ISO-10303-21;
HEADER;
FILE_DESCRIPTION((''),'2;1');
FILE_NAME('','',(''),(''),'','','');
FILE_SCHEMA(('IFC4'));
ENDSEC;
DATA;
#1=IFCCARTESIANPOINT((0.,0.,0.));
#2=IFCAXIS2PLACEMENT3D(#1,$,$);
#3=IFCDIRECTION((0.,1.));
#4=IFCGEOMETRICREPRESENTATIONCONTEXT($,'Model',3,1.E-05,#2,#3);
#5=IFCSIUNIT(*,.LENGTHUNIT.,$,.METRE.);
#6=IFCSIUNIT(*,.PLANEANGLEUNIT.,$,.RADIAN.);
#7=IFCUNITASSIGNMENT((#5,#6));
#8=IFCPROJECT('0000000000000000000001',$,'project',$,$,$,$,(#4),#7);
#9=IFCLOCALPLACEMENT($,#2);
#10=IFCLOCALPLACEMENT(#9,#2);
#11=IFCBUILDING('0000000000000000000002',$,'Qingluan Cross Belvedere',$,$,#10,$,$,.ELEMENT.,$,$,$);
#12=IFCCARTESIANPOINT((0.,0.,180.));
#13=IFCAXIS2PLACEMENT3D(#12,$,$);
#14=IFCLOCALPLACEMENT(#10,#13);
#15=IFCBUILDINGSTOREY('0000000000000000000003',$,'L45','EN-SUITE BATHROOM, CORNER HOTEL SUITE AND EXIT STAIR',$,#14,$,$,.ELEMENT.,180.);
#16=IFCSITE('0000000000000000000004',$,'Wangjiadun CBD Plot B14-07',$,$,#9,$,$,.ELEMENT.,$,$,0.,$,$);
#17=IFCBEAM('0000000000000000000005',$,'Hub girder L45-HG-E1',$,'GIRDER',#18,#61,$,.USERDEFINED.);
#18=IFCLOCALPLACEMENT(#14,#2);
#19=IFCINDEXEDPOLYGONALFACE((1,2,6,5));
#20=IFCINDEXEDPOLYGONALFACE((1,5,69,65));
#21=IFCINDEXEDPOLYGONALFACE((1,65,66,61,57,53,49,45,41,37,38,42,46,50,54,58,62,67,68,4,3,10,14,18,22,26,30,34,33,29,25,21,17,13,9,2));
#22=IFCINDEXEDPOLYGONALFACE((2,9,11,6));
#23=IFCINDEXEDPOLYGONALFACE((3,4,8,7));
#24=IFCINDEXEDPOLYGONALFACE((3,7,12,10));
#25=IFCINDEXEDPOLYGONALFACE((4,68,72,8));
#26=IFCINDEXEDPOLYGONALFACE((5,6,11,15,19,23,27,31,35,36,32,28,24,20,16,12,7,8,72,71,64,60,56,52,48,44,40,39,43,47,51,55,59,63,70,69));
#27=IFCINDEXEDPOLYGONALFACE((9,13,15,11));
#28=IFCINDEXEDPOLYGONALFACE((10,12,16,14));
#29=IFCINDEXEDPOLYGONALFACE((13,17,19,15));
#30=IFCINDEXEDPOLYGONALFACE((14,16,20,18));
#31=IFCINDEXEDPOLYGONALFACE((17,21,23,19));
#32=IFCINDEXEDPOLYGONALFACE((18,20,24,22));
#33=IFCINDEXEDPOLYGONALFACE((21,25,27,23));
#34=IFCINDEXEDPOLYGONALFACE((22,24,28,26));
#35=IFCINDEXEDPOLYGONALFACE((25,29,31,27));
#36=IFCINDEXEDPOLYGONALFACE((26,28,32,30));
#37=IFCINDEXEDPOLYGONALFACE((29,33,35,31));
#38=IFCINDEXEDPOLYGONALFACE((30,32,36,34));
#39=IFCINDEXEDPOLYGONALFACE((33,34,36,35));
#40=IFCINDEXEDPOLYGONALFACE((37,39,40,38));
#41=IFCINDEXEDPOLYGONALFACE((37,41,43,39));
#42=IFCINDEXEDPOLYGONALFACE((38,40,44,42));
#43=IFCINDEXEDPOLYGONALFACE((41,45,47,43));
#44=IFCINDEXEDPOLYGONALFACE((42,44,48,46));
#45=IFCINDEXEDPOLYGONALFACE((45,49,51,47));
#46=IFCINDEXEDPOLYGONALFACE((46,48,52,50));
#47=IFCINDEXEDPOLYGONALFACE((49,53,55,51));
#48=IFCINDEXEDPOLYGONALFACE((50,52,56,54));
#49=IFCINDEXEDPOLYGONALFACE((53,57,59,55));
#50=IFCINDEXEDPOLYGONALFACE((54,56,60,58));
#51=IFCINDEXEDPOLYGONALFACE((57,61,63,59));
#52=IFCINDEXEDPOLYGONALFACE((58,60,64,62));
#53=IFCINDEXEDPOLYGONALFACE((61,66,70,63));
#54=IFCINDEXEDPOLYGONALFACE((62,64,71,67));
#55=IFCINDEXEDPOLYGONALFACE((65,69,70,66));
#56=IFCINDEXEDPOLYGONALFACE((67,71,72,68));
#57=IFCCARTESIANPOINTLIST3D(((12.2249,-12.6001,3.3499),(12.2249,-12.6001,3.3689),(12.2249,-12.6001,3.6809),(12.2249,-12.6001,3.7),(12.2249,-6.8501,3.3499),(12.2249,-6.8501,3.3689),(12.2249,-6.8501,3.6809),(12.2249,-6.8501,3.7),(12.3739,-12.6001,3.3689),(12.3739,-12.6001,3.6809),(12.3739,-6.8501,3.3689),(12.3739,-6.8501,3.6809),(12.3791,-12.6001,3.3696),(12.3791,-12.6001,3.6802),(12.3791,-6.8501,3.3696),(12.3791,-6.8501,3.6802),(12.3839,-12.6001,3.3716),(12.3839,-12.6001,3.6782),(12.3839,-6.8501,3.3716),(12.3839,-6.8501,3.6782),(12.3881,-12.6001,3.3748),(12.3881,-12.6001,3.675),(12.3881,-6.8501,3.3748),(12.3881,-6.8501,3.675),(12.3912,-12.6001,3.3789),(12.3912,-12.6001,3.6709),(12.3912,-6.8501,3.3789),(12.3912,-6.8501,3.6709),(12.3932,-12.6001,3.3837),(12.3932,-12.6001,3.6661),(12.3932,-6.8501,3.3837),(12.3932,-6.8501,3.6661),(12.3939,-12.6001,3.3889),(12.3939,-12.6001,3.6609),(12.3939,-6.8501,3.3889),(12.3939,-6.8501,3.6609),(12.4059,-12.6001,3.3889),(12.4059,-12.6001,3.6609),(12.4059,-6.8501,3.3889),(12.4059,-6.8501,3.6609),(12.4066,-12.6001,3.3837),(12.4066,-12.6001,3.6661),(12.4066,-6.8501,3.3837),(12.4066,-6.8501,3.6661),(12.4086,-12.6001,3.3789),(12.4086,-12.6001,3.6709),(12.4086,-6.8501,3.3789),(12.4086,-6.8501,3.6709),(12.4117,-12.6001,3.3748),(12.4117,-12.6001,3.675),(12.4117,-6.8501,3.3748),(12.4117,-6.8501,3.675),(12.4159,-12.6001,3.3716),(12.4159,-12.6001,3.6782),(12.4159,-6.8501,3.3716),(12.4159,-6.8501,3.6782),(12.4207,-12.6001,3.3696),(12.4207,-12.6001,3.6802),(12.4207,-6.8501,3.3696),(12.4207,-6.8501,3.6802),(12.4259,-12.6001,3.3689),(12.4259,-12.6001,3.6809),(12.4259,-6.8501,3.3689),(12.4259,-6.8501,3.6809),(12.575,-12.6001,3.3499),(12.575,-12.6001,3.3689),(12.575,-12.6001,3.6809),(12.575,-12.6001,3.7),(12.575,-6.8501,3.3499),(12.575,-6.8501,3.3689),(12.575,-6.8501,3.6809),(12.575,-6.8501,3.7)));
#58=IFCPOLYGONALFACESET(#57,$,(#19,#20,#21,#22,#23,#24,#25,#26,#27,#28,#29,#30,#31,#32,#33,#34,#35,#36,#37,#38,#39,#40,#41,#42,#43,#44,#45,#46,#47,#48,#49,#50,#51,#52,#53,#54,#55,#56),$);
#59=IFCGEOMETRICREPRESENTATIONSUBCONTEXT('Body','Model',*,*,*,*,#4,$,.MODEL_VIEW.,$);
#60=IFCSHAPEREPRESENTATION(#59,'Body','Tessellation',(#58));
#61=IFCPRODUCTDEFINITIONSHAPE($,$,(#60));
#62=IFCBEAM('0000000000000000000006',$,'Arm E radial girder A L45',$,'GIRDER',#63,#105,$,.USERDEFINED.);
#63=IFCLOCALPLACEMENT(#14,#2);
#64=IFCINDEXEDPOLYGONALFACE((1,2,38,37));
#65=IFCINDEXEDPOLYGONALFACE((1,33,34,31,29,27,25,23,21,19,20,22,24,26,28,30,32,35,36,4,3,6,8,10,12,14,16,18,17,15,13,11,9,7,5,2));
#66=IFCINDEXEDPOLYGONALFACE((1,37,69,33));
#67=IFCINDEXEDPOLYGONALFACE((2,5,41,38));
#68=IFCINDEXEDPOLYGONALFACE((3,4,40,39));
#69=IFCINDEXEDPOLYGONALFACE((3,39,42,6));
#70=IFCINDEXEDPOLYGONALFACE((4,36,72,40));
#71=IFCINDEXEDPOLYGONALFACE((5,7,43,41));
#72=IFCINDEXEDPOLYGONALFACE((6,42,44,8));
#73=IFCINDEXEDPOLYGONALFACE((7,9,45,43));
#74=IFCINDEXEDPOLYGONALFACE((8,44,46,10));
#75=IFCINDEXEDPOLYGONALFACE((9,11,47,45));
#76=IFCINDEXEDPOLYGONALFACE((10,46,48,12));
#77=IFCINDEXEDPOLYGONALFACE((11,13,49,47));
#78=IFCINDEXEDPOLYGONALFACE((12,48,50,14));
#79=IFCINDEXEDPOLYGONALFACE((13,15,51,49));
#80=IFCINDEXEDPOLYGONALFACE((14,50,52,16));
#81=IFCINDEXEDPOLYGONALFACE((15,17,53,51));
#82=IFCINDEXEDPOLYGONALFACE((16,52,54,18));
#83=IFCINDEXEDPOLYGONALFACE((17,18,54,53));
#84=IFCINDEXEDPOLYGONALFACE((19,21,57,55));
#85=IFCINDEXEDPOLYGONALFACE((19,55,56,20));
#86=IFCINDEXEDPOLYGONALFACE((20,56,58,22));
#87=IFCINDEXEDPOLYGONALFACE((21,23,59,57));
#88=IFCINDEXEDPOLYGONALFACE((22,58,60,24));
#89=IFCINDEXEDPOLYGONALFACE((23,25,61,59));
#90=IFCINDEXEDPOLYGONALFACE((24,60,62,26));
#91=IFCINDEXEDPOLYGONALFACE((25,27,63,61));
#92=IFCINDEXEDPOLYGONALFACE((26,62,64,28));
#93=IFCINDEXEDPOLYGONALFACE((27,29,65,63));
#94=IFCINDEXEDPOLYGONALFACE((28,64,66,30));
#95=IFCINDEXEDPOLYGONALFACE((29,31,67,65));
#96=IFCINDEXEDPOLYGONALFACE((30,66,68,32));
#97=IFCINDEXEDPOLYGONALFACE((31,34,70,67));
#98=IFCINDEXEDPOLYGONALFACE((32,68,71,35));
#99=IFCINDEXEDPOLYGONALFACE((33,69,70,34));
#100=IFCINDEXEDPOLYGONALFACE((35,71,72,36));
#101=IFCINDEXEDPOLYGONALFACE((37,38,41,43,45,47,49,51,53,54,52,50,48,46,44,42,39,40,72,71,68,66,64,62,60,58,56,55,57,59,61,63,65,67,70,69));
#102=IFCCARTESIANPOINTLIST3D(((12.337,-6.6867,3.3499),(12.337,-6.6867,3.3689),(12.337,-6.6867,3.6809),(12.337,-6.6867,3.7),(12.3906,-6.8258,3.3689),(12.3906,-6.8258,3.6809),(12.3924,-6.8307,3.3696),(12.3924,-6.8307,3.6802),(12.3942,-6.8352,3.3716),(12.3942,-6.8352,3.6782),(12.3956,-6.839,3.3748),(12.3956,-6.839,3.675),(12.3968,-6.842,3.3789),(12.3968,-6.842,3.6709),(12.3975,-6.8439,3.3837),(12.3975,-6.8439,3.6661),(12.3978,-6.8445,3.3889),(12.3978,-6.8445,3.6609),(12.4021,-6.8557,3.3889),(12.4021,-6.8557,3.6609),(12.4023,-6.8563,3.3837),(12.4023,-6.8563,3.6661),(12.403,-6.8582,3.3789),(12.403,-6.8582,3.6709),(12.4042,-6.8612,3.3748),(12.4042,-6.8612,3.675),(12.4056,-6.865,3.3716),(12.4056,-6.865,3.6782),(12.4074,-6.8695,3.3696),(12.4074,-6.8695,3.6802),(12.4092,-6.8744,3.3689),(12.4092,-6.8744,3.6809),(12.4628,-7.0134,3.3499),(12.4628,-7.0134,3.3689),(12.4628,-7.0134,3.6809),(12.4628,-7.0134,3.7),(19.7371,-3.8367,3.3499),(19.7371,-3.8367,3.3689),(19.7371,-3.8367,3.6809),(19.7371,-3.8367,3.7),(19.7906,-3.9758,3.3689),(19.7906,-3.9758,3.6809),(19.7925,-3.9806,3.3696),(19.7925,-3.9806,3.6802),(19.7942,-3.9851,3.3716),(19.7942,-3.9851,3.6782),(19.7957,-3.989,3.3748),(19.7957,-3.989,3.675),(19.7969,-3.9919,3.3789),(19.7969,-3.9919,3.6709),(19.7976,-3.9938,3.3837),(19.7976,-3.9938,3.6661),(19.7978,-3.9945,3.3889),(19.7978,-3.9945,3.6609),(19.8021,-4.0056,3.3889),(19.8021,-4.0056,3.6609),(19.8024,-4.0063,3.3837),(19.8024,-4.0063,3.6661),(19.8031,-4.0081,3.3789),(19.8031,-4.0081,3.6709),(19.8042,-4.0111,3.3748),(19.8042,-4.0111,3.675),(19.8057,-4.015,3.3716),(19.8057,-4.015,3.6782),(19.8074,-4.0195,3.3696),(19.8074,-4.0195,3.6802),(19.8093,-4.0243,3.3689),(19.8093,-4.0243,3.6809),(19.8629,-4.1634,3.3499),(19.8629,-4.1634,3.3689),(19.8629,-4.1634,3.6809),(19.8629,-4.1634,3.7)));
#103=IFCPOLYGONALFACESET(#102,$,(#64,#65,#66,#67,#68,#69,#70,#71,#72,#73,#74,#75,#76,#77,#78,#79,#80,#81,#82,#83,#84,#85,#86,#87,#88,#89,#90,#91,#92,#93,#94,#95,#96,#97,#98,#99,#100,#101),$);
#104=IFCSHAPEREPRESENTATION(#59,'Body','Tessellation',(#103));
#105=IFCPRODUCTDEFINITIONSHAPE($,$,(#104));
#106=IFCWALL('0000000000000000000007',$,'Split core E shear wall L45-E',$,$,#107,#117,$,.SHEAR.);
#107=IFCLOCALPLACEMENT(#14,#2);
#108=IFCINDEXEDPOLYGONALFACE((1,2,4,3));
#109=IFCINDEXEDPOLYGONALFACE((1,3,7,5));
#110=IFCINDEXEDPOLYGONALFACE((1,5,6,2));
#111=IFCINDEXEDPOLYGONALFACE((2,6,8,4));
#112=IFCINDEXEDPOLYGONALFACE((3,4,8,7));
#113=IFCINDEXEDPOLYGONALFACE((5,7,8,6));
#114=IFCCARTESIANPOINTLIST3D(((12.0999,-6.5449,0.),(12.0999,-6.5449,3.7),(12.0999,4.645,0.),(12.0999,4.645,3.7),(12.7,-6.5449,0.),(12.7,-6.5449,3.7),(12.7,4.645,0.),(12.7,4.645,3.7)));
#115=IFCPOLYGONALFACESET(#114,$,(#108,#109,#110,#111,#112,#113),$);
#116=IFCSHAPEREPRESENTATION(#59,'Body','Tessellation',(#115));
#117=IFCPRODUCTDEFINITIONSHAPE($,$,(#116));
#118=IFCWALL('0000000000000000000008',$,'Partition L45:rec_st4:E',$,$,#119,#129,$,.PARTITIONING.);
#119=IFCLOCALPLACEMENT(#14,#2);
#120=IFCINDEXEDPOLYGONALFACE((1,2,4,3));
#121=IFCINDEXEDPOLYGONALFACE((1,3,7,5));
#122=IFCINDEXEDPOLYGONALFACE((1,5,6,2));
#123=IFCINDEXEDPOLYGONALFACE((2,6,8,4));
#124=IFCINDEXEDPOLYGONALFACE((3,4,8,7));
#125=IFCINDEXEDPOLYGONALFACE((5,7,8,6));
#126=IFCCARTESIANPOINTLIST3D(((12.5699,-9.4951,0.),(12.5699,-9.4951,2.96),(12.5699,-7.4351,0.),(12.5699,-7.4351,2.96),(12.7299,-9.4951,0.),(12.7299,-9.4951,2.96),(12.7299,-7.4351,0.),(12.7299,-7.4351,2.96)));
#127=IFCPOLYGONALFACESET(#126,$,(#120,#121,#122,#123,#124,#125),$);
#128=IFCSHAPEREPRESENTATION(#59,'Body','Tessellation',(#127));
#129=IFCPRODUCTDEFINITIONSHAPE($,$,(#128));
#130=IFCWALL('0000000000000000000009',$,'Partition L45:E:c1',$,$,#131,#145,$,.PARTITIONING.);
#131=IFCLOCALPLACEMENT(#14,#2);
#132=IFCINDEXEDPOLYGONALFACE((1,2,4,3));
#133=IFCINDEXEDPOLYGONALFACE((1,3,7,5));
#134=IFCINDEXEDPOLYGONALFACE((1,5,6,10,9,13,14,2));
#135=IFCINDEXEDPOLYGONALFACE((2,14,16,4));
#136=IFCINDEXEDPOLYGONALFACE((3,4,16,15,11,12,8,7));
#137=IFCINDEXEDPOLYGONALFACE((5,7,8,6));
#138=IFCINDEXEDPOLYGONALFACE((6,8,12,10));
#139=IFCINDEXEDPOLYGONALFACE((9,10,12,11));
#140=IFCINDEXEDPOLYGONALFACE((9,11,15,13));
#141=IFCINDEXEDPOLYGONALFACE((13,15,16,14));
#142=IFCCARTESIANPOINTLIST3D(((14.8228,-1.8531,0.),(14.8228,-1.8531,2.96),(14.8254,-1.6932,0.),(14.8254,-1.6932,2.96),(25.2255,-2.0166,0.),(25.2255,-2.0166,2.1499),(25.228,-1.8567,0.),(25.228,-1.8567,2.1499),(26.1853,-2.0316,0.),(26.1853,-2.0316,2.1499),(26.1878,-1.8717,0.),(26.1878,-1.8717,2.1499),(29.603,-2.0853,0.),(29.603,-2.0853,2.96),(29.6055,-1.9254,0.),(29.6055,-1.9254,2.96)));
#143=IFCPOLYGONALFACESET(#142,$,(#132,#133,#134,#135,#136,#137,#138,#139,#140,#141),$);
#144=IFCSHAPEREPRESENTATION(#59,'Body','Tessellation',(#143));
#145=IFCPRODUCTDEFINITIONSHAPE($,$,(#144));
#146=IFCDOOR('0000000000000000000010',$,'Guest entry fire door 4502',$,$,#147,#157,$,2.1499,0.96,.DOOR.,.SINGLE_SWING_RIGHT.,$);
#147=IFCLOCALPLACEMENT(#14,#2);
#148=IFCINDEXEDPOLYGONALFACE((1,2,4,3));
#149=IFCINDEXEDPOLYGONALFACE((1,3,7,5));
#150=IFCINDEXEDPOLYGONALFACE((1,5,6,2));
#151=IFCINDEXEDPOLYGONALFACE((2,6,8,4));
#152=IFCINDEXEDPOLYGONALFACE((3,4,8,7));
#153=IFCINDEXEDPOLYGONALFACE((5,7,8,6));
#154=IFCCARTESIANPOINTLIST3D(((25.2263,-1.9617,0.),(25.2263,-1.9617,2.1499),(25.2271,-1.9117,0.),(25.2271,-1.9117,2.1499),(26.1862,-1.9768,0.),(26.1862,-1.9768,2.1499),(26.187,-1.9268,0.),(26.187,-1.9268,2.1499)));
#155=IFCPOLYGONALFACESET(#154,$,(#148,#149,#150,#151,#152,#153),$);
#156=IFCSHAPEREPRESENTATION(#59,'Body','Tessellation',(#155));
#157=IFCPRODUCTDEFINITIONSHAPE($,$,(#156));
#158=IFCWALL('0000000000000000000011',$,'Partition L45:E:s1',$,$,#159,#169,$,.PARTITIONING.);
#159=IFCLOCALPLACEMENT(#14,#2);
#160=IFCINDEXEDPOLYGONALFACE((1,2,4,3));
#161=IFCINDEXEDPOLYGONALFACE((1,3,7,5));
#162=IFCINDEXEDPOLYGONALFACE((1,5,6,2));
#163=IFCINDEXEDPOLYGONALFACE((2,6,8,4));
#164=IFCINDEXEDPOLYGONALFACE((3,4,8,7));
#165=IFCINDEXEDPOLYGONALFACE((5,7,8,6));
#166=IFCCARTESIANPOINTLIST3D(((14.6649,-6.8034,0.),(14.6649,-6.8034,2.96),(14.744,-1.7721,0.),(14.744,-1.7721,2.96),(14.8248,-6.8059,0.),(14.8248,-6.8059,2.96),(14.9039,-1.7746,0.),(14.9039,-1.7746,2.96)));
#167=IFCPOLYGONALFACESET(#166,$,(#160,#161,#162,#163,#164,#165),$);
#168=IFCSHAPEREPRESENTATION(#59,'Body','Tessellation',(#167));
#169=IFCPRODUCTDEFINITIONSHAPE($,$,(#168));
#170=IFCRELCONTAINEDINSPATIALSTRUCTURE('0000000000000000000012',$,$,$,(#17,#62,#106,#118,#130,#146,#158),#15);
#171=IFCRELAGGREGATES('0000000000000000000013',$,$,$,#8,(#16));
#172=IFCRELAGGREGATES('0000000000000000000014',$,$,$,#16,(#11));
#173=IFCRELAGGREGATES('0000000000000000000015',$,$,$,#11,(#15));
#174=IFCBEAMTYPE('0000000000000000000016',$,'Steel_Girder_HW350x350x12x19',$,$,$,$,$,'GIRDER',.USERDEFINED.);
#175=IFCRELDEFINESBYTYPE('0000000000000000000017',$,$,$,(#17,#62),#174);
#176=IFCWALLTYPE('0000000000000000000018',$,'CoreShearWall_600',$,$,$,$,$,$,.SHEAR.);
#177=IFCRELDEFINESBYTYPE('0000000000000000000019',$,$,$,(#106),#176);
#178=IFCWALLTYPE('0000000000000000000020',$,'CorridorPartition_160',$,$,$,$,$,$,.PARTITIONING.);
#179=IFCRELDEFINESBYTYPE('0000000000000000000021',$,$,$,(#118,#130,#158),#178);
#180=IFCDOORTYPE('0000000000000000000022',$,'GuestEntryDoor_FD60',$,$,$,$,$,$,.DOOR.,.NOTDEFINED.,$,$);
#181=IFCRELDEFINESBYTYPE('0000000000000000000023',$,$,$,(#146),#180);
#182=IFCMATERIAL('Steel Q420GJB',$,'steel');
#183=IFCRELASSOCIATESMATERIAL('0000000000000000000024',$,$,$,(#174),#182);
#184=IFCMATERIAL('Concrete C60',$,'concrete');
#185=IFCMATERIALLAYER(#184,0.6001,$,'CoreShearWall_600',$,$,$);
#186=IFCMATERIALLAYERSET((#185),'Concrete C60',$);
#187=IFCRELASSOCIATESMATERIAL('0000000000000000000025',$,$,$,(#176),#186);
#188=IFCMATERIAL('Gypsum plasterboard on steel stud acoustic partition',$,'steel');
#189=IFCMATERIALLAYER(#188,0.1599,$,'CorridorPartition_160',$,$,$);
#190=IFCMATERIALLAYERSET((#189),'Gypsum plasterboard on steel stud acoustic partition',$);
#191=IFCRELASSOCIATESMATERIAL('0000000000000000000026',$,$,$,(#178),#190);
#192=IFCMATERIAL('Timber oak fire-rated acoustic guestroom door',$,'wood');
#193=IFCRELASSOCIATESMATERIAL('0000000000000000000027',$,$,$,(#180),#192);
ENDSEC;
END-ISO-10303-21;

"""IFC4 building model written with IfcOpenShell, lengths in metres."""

from ifc_helpers import new_model, si_unit, direction, frame, frame_2d, origin, origin_2d, place, context, subcontext, project, spatial, rectangle, i_section, extrude, material, layer, layer_set, material_profile, profile_set, type_object, element, fill, save


model = new_model("IFC4")

# Units and contexts
model_context = context("Model", 3, precision=1e-05, world=origin(), true_north=direction((0.0, 1.0)))
body_context = subcontext(model_context, "Body", "Model", "MODEL_VIEW")
ifc_project = project(units=[si_unit("LENGTHUNIT", "METRE"), si_unit("PLANEANGLEUNIT", "RADIAN")], contexts=[model_context])

# Site, building, storey
site_placement = place(None, origin())
site = spatial("IfcSite", under=ifc_project, at=site_placement, Name="Wangjiadun CBD Plot B14-07", CompositionType="ELEMENT", RefElevation=0.0)
building_placement = place(site_placement, origin())
building = spatial("IfcBuilding", under=site, at=building_placement, Name="Qingluan Cross Belvedere", CompositionType="ELEMENT")
storey_placement = place(building_placement, frame((0.0, 0.0, 180.0)))
storey = spatial("IfcBuildingStorey", under=building, at=storey_placement, Name="L45", Description="EN-SUITE BATHROOM, CORNER HOTEL SUITE AND EXIT STAIR", CompositionType="ELEMENT", Elevation=180.0)

# Beams
ifc_material_1 = material(Name="Steel Q420GJB", Category="steel")
ifc_material_profile_1 = material_profile(ifc_material_1, i_section(OverallWidth=0.3501, OverallDepth=0.3501, WebThickness=0.012, FlangeThickness=0.019, FilletRadius=0.02, at=origin_2d()), Name="HW350x350x12x19")
ifc_profile_set_1 = profile_set([ifc_material_profile_1], Name="Steel Q420GJB")
beam_type_1 = type_object("IfcBeamType", Name="Steel_Girder_HW350x350x12x19", ElementType="GIRDER", PredefinedType="USERDEFINED", material=ifc_profile_set_1)
beam_1_placement = place(storey_placement, frame((12.3999, -12.6001, 3.5249), z_axis=(0.0, 1.0, 0.0), x_axis=(-1.0, 0.0, 0.0)))
element("IfcBeam", 1, at=beam_1_placement, inside=storey, type_object=beam_type_1, Name="Hub girder L45-HG-E1", ObjectType="GIRDER", PredefinedType="USERDEFINED", context=body_context, shape_type="SweptSolid", body=[
    extrude(i_section(OverallWidth=0.3501, OverallDepth=0.3501, WebThickness=0.012, FlangeThickness=0.019, FilletRadius=0.02, at=origin_2d()), origin(), (0.0, 0.0, 1.0), 5.75),
])
beam_2_placement = place(storey_placement, frame((12.3999, -6.8501, 3.5249), z_axis=(0.933181, 0.359406, 0.0), x_axis=(-0.359406, 0.933181, 0.0)))
element("IfcBeam", 2, at=beam_2_placement, inside=storey, type_object=beam_type_1, Name="Arm E radial girder A L45", ObjectType="GIRDER", PredefinedType="USERDEFINED", context=body_context, shape_type="SweptSolid", body=[
    extrude(i_section(OverallWidth=0.3501, OverallDepth=0.3501, WebThickness=0.012, FlangeThickness=0.019, FilletRadius=0.02, at=origin_2d()), origin(), (0.0, 0.0, 1.0), 7.9299),
])

# Walls
ifc_material_2 = material(Name="Concrete C60", Category="concrete")
ifc_layer_1 = layer(ifc_material_2, 0.6001, Name="CoreShearWall_600")
ifc_layer_set_1 = layer_set([ifc_layer_1], Name="Concrete C60")
wall_type_1 = type_object("IfcWallType", Name="CoreShearWall_600", PredefinedType="SHEAR", material=ifc_layer_set_1)
wall_1_placement = place(storey_placement, frame((12.3999, -6.5449, 0.0), z_axis=(0.0, 0.0, 1.0), x_axis=(0.0, 1.0, 0.0)))
element("IfcWall", 3, at=wall_1_placement, inside=storey, type_object=wall_type_1, Name="Split core E shear wall L45-E", PredefinedType="SHEAR", context=body_context, shape_type="SweptSolid", body=[
    extrude(rectangle(XDim=11.1899, YDim=0.6001, at=frame_2d((5.595, 0.0))), origin(), (0.0, 0.0, 1.0), 3.7),
])
ifc_material_3 = material(Name="Gypsum plasterboard on steel stud acoustic partition", Category="steel")
ifc_layer_2 = layer(ifc_material_3, 0.1599, Name="CorridorPartition_160")
ifc_layer_set_2 = layer_set([ifc_layer_2], Name="Gypsum plasterboard on steel stud acoustic partition")
wall_type_2 = type_object("IfcWallType", Name="CorridorPartition_160", PredefinedType="PARTITIONING", material=ifc_layer_set_2)
wall_2_placement = place(storey_placement, frame((12.6499, -9.4951, 0.0), z_axis=(0.0, 0.0, 1.0), x_axis=(0.0, 1.0, 0.0)))
element("IfcWall", 4, at=wall_2_placement, inside=storey, type_object=wall_type_2, Name="Partition L45:rec_st4:E", PredefinedType="PARTITIONING", context=body_context, shape_type="SweptSolid", body=[
    extrude(rectangle(XDim=2.0601, YDim=0.1599, at=frame_2d((1.03, 0.0))), origin(), (0.0, 0.0, 1.0), 2.96),
])

# Wall, opening, door
wall_3_placement = place(storey_placement, frame((14.824, -1.7732, 0.0), z_axis=(0.0, 0.0, 1.0), x_axis=(0.999877, -0.015707, 0.0)))
wall_3 = element("IfcWall", 5, at=wall_3_placement, inside=storey, type_object=wall_type_2, Name="Partition L45:E:c1", PredefinedType="PARTITIONING", context=body_context, shape_type="SweptSolid", body=[
    extrude(rectangle(XDim=14.782, YDim=0.1599, at=frame_2d((7.3911, 0.0))), origin(), (0.0, 0.0, 1.0), 2.96),
])
opening_1_placement = place(wall_3_placement, frame((10.4041, 0.0, 0.0)))
opening_1 = element("IfcOpeningElement", 6, at=opening_1_placement, cuts=wall_3, PredefinedType="OPENING", context=body_context, shape_type="SweptSolid", body=[
    extrude(rectangle(XDim=0.96, YDim=2.1499, at=frame_2d((0.48, 1.075))), frame((0.0, 0.0898, 0.0), z_axis=(0.0, -1.0, 0.0), x_axis=(1.0, 0.0, 0.0)), (0.0, 0.0, 1.0), 0.1799),
])
ifc_material_4 = material(Name="Timber oak fire-rated acoustic guestroom door", Category="wood")
door_type_1 = type_object("IfcDoorType", Name="GuestEntryDoor_FD60", OperationType="NOTDEFINED", PredefinedType="DOOR", material=ifc_material_4)
door_1_placement = place(opening_1_placement, origin())
door_1 = element("IfcDoor", 7, at=door_1_placement, inside=storey, type_object=door_type_1, Name="Guest entry fire door 4502", OperationType="SINGLE_SWING_RIGHT", OverallHeight=2.1499, OverallWidth=0.96, PredefinedType="DOOR", context=body_context, shape_type="SweptSolid", body=[
    extrude(rectangle(XDim=0.96, YDim=2.1499, at=frame_2d((0.48, 1.075))), frame((0.0, 0.0249, 0.0), z_axis=(0.0, -1.0, 0.0), x_axis=(1.0, 0.0, 0.0)), (0.0, 0.0, 1.0), 0.05),
])
fill(opening_1, door_1)

# Wall
wall_4_placement = place(storey_placement, frame((14.824, -1.7732, 0.0), z_axis=(0.0, 0.0, 1.0), x_axis=(-0.01572, -0.999876, 0.0)))
element("IfcWall", 8, at=wall_4_placement, inside=storey, type_object=wall_type_2, Name="Partition L45:E:s1", PredefinedType="PARTITIONING", context=body_context, shape_type="SweptSolid", body=[
    extrude(rectangle(XDim=5.032, YDim=0.1599, at=frame_2d((2.5161, 0.0))), origin(), (0.0, 0.0, 1.0), 2.96),
])

save(model, "model.ifc")
